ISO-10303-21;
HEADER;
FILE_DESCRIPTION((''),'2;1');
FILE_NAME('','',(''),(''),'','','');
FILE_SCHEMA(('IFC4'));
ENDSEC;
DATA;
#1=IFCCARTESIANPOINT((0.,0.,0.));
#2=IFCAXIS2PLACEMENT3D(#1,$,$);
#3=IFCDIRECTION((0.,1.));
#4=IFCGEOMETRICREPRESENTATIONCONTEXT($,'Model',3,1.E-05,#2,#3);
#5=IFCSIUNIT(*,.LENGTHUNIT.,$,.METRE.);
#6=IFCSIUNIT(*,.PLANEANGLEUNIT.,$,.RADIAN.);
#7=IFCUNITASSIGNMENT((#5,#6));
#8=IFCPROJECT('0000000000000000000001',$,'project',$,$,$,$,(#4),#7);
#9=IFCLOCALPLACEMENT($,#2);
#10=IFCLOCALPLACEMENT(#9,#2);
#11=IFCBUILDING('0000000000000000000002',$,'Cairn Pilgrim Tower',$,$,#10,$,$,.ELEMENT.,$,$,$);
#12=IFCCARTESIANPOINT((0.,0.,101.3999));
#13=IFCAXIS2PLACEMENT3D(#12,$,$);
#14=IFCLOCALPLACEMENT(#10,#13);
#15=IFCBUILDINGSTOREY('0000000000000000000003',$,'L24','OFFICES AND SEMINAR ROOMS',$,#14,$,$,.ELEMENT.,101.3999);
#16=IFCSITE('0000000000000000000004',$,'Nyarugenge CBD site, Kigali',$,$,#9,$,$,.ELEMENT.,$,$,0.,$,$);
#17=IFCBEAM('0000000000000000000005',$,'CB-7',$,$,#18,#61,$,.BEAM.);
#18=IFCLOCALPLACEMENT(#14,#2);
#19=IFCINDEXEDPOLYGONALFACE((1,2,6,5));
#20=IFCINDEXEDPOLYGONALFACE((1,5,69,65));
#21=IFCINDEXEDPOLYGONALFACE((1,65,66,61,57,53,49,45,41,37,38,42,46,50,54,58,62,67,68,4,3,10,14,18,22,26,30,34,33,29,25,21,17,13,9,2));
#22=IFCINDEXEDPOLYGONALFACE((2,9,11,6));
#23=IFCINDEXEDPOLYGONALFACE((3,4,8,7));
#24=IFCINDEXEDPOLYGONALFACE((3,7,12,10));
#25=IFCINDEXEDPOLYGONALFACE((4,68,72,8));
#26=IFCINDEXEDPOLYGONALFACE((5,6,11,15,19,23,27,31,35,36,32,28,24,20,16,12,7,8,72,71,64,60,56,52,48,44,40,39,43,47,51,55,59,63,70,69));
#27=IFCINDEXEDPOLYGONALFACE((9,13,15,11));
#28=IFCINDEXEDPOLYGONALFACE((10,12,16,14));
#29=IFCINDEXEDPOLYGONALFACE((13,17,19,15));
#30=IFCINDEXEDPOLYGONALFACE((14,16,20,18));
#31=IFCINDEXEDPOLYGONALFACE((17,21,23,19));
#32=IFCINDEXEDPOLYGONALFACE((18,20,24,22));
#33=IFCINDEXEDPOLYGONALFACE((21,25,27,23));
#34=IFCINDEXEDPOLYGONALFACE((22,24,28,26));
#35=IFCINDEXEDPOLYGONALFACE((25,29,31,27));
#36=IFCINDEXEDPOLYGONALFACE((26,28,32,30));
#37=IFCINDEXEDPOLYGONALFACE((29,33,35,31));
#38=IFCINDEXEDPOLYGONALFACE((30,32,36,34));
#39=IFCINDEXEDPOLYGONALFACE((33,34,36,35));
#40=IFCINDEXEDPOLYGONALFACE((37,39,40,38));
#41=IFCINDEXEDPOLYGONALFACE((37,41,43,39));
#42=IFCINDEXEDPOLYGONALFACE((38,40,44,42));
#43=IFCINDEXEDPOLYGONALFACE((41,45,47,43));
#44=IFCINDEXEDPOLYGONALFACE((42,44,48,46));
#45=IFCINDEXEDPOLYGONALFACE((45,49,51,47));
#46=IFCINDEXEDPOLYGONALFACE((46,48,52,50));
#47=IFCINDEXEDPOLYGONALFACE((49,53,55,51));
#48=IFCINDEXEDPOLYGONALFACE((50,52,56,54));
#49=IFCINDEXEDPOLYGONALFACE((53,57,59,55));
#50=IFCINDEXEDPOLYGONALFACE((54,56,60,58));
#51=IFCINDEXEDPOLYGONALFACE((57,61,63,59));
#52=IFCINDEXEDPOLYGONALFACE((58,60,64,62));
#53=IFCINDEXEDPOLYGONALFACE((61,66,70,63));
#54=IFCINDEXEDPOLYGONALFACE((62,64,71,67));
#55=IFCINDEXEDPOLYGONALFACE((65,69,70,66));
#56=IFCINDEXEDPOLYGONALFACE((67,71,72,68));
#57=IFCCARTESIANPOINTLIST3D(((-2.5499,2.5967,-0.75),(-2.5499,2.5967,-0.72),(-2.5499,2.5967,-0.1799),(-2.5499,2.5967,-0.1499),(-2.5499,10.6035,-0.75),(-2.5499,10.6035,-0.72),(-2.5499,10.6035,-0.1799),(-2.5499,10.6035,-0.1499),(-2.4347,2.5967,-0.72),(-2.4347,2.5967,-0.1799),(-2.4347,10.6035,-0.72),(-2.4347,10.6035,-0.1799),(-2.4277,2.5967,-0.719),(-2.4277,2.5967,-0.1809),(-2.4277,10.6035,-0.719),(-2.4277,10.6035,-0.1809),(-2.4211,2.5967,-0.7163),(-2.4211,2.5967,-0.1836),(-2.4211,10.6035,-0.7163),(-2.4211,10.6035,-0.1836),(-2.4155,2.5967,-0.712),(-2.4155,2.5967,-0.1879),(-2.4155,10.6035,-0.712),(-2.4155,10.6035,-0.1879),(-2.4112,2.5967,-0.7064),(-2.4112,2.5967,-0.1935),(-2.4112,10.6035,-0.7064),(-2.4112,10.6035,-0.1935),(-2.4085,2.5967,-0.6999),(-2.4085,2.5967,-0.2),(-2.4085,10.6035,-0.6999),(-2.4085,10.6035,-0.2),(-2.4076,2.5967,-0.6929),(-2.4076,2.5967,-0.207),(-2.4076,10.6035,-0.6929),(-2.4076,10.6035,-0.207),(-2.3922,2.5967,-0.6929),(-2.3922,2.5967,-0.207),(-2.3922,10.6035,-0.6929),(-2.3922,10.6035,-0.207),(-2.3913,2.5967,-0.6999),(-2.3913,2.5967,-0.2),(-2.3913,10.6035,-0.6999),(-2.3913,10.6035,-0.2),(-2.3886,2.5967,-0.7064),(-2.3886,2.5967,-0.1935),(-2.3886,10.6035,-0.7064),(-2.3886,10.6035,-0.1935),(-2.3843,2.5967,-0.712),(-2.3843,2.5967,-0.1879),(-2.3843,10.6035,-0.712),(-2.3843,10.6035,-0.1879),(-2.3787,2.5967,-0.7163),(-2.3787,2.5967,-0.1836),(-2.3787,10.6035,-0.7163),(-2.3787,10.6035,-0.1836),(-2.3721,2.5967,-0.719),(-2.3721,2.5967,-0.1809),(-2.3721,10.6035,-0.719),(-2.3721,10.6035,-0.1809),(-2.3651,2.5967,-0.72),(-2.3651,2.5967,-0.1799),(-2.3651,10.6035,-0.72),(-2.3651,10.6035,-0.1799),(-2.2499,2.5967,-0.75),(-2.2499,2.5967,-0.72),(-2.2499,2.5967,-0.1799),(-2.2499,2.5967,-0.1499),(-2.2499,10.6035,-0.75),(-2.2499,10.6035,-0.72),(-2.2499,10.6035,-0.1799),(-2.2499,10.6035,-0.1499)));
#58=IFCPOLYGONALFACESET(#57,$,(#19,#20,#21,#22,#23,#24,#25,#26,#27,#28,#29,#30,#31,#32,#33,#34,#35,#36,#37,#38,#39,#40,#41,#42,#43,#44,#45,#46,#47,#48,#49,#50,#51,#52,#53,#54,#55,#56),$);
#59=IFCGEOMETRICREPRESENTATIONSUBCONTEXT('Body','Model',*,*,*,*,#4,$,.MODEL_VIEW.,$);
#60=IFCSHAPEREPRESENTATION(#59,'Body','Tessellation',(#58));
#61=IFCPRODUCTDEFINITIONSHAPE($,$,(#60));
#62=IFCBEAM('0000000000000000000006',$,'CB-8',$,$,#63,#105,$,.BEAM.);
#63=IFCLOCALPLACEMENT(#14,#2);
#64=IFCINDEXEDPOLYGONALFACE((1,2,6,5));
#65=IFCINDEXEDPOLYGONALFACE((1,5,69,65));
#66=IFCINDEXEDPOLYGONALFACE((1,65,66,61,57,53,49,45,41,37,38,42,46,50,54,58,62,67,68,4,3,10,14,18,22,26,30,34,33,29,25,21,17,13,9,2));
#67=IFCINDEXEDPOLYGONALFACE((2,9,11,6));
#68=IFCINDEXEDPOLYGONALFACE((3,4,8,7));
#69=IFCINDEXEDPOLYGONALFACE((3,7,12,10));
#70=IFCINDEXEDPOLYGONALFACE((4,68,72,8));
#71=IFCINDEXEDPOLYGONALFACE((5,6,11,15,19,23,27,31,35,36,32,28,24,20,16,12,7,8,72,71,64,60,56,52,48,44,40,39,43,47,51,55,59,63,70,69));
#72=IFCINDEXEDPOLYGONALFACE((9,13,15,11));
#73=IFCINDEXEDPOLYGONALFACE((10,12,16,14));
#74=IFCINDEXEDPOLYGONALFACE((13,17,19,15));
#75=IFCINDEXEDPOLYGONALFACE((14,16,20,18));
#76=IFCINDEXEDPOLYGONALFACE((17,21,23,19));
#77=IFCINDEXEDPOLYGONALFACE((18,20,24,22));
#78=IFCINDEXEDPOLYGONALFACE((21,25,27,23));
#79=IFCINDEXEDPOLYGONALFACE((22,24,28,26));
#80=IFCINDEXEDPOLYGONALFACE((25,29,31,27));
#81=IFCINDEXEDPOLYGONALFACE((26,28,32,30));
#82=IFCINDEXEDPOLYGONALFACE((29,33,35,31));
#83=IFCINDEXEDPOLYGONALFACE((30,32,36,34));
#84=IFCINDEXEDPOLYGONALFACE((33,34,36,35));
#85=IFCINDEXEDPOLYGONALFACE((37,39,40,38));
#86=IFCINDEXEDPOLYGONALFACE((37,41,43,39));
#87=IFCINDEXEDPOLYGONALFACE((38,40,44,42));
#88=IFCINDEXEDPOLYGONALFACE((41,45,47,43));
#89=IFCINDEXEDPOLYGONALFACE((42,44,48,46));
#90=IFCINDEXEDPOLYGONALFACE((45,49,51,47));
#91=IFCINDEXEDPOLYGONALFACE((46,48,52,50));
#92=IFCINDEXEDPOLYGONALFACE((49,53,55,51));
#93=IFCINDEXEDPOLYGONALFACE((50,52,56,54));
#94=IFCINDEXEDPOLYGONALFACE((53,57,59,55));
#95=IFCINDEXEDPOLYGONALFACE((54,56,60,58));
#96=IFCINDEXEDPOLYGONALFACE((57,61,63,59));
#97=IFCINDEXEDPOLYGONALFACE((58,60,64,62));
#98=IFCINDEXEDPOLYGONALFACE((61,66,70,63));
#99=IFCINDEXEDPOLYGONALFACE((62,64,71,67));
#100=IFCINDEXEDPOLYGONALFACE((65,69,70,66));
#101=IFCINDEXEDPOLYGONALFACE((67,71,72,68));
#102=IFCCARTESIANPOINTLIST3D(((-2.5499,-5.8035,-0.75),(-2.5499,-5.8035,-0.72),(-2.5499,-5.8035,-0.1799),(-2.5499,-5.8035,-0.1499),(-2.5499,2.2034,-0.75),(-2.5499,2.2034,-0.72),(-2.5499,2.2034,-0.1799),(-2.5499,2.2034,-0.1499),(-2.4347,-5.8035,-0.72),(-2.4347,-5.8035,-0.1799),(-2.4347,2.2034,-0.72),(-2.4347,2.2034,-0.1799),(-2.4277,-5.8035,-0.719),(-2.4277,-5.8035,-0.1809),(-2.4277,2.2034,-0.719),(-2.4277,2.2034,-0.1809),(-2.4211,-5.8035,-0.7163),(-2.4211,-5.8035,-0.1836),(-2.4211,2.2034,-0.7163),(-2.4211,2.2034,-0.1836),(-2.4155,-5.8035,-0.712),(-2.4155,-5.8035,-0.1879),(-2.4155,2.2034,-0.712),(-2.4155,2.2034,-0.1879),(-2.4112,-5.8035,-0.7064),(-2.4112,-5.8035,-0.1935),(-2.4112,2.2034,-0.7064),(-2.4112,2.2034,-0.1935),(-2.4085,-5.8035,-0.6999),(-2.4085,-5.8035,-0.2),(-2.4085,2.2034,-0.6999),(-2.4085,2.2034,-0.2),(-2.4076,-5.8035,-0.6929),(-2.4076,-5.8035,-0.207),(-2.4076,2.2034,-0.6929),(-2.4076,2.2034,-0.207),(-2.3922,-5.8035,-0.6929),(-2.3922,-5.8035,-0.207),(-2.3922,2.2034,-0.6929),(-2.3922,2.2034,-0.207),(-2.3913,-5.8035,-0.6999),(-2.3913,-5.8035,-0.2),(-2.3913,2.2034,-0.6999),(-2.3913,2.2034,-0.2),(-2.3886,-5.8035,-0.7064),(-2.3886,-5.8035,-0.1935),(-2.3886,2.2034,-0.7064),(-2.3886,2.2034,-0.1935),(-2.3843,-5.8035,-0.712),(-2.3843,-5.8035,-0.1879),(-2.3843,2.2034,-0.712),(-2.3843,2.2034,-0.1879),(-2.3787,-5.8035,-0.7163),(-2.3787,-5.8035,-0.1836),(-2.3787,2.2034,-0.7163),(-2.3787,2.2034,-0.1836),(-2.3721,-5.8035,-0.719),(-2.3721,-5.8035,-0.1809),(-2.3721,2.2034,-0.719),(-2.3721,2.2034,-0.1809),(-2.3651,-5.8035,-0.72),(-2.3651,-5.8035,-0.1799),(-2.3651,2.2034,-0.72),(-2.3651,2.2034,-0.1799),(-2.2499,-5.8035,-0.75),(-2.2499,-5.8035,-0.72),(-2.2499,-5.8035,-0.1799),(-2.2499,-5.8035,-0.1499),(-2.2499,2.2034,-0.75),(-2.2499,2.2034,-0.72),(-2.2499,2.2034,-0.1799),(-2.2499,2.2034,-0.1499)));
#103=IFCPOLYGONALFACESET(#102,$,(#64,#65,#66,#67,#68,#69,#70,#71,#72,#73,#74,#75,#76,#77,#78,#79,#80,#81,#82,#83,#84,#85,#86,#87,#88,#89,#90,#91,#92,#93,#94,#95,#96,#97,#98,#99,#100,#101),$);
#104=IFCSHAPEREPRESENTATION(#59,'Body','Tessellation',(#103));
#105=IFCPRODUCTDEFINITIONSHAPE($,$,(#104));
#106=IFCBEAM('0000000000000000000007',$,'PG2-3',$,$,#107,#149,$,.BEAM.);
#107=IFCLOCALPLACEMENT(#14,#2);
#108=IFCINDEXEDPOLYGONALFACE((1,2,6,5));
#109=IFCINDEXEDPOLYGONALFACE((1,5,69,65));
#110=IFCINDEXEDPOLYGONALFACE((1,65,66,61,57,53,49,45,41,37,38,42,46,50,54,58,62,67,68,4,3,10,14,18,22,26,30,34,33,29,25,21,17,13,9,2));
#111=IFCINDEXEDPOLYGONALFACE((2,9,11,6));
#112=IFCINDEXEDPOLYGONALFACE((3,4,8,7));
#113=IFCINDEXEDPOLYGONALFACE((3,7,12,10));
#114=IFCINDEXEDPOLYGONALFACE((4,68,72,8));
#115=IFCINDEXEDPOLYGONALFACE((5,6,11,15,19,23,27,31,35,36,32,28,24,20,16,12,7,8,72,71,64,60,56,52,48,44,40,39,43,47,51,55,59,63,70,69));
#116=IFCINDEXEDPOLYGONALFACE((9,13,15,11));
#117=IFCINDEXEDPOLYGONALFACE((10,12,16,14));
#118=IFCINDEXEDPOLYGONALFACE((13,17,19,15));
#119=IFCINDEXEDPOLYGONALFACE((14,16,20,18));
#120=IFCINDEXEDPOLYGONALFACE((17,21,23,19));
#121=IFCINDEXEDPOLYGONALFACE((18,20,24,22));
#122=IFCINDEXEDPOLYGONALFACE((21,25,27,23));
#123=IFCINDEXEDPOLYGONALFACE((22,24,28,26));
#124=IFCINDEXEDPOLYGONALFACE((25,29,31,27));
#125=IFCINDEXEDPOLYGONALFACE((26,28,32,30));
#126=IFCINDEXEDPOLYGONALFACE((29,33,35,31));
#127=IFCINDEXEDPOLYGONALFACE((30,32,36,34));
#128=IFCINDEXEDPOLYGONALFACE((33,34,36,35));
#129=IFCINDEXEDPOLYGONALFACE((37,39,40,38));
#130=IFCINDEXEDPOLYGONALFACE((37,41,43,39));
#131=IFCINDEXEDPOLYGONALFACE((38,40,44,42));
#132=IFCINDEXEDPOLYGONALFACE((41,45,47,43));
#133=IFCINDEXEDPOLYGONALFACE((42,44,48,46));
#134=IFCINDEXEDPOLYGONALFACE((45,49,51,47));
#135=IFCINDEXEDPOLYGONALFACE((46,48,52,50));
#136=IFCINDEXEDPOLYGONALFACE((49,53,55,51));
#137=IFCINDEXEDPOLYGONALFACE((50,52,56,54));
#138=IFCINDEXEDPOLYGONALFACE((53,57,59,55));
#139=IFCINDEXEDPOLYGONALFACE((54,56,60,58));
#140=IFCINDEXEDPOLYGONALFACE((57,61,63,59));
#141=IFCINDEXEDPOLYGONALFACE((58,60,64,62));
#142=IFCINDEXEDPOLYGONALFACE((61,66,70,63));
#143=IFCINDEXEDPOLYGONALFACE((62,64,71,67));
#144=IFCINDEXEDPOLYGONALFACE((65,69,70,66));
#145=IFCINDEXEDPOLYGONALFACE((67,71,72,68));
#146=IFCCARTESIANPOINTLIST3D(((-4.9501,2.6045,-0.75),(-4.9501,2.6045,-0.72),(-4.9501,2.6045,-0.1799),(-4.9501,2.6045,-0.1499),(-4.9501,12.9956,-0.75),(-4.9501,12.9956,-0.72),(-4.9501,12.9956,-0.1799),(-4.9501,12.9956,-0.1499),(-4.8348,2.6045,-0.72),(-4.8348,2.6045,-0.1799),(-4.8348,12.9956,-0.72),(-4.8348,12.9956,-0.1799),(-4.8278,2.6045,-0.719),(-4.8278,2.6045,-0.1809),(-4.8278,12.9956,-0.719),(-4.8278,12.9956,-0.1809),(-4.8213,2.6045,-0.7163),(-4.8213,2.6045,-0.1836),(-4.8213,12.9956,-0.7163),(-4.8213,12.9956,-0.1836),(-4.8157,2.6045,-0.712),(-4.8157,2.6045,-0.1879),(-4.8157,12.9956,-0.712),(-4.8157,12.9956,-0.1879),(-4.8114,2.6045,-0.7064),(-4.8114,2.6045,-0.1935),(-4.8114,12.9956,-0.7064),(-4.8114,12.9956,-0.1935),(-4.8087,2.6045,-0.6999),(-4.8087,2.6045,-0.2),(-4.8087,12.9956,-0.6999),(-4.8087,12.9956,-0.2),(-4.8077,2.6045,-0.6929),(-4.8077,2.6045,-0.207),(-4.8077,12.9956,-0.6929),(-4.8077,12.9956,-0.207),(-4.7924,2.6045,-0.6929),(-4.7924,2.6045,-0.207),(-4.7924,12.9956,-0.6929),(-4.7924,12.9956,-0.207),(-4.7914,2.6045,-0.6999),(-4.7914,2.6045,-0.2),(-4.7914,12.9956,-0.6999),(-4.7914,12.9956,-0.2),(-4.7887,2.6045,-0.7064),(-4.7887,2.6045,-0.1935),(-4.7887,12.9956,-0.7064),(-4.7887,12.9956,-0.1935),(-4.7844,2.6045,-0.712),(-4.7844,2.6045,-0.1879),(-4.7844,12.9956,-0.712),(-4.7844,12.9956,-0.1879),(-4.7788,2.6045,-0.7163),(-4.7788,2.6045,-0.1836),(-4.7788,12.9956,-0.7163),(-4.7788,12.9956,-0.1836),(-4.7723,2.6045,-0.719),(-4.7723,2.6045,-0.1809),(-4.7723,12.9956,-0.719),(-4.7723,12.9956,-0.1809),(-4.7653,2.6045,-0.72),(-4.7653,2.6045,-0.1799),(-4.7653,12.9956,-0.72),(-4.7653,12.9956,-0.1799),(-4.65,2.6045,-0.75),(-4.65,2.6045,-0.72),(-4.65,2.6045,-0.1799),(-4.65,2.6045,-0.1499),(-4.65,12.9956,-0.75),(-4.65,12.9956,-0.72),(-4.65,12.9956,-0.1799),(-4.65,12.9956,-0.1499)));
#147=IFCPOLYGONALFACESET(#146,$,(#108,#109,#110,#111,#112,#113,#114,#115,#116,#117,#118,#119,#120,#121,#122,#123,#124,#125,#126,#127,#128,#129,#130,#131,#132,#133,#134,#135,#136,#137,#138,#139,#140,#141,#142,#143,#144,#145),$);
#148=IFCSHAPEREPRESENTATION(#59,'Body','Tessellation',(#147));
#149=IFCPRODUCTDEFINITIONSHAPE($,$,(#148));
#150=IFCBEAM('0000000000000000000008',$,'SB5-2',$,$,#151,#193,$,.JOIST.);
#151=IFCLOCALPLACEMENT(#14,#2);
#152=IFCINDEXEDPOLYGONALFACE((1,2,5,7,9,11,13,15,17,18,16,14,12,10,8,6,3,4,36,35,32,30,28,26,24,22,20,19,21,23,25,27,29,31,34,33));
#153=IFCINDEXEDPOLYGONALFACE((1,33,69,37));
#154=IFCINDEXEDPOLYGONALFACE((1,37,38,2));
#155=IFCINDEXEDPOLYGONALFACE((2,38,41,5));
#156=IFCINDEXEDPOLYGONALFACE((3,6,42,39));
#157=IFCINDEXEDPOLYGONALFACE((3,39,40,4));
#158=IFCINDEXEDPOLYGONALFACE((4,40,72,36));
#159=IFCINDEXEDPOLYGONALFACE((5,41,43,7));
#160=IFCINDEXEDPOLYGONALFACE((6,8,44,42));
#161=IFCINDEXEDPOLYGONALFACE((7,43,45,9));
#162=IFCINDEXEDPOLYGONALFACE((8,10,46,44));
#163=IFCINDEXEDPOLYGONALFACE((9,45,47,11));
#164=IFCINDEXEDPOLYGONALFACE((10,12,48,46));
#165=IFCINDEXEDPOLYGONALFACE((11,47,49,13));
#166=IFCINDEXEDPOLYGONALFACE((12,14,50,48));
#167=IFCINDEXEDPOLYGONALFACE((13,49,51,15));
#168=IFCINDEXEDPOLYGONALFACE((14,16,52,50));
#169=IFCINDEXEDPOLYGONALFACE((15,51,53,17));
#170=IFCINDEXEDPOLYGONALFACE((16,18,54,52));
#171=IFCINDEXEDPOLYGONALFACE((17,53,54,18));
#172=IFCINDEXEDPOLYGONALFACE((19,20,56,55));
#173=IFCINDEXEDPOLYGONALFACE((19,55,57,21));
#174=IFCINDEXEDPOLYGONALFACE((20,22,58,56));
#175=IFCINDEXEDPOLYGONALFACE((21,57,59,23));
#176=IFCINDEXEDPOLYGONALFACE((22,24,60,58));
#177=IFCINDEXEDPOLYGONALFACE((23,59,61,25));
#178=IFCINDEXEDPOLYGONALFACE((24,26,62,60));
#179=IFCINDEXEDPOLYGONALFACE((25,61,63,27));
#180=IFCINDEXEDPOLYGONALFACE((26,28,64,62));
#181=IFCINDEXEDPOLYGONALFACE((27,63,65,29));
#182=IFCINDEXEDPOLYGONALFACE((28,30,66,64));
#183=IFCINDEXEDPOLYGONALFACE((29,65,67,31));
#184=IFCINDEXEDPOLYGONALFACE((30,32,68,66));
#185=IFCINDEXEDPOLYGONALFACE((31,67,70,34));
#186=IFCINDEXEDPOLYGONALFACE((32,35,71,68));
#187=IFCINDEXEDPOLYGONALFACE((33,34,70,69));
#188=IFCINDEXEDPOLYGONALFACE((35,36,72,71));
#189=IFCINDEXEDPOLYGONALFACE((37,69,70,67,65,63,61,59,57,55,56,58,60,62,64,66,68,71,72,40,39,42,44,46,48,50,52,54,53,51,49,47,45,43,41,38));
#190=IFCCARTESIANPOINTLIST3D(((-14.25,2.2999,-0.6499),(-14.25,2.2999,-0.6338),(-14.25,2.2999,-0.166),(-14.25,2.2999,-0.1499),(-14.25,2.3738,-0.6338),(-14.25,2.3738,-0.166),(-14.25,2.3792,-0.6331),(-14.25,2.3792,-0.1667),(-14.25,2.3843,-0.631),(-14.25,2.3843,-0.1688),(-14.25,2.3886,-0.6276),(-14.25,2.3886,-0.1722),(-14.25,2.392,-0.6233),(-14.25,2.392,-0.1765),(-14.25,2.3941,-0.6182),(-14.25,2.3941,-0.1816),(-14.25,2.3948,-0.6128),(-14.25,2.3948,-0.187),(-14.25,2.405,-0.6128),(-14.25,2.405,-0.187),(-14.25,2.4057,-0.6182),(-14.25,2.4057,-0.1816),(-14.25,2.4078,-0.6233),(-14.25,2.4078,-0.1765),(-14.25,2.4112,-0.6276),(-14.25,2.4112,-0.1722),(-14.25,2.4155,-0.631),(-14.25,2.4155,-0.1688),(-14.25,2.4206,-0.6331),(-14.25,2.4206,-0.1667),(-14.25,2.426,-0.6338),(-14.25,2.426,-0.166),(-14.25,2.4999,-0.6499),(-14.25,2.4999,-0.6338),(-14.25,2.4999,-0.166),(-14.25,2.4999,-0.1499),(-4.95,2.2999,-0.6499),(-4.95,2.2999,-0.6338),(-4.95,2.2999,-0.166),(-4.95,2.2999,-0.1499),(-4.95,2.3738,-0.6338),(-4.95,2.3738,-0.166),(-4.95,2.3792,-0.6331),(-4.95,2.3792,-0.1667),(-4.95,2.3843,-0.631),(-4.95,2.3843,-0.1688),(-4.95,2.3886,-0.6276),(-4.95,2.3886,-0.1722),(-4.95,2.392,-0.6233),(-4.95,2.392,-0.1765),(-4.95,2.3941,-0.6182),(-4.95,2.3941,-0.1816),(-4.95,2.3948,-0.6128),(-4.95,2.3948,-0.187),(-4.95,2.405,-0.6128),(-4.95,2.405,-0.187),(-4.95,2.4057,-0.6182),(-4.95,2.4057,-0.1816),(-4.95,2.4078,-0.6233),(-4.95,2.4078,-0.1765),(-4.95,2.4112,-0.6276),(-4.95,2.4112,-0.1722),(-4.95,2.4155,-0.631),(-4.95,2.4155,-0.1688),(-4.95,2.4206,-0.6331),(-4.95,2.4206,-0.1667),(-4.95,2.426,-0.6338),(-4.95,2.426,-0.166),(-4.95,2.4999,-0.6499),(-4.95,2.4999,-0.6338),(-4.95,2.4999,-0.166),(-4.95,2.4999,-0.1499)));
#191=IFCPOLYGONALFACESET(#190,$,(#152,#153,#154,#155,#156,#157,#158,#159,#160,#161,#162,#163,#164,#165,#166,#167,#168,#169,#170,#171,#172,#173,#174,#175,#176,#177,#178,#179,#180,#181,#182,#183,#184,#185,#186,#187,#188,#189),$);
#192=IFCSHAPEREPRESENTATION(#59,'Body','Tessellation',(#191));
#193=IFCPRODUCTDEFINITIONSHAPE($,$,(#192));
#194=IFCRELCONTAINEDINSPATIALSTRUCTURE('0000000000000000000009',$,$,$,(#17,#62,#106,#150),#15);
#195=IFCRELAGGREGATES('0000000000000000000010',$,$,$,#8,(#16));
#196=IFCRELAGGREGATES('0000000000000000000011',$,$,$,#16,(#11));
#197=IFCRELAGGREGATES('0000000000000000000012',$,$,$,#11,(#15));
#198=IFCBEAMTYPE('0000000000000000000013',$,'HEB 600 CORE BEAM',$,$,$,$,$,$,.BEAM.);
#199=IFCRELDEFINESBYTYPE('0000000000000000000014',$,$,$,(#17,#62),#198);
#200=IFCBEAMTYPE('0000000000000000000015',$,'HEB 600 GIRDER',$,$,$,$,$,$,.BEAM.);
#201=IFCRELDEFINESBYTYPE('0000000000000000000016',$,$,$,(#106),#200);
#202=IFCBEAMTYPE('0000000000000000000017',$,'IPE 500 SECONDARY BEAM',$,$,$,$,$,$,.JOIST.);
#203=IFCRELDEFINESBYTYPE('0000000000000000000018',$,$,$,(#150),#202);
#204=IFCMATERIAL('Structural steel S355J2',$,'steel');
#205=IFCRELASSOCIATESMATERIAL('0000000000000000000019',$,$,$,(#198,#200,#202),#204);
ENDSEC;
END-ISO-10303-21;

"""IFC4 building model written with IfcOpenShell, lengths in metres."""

from ifc_helpers import new_model, si_unit, direction, frame, origin, origin_2d, place, context, subcontext, project, spatial, i_section, extrude, material, material_profile, profile_set, type_object, element, save


model = new_model("IFC4")

# Units and contexts
model_context = context("Model", 3, precision=1e-05, world=origin(), true_north=direction((0.0, 1.0)))
body_context = subcontext(model_context, "Body", "Model", "MODEL_VIEW")
ifc_project = project(units=[si_unit("LENGTHUNIT", "METRE"), si_unit("PLANEANGLEUNIT", "RADIAN")], contexts=[model_context])

# Site, building, storey
site_placement = place(None, origin())
site = spatial("IfcSite", under=ifc_project, at=site_placement, Name="Nyarugenge CBD site, Kigali", CompositionType="ELEMENT", RefElevation=0.0)
building_placement = place(site_placement, origin())
building = spatial("IfcBuilding", under=site, at=building_placement, Name="Cairn Pilgrim Tower", CompositionType="ELEMENT")
storey_placement = place(building_placement, frame((0.0, 0.0, 101.3999)))
storey = spatial("IfcBuildingStorey", under=building, at=storey_placement, Name="L24", Description="OFFICES AND SEMINAR ROOMS", CompositionType="ELEMENT", Elevation=101.3999)

# Beams
ifc_material_1 = material(Name="Structural steel S355J2", Category="steel")
ifc_material_profile_1 = material_profile(ifc_material_1, i_section(OverallWidth=0.3, OverallDepth=0.6001, WebThickness=0.0154, FlangeThickness=0.03, FilletRadius=0.0271, at=origin_2d()), Name="HEB 600")
ifc_profile_set_1 = profile_set([ifc_material_profile_1], Name="Structural steel S355J2")
beam_type_1 = type_object("IfcBeamType", Name="HEB 600 CORE BEAM", PredefinedType="BEAM", material=ifc_profile_set_1)
for number, where, z_axis, x_axis, name in (
    (1, (-2.3999, 10.6035, -0.45), (0.0, -1.0, 0.0), (1.0, 0.0, 0.0), "CB-7"),
    (2, (-2.3999, 2.2034, -0.45), (0.0, -1.0, 0.0), (1.0, 0.0, 0.0), "CB-8"),
):
    element("IfcBeam", number, at=place(storey_placement, frame(where, z_axis=z_axis, x_axis=x_axis)), inside=storey, type_object=beam_type_1, Name=name, PredefinedType="BEAM", context=body_context, shape_type="SweptSolid", body=[
        extrude(i_section(OverallWidth=0.3, OverallDepth=0.6001, WebThickness=0.0154, FlangeThickness=0.03, FilletRadius=0.0271, at=origin_2d()), origin(), (0.0, 0.0, 1.0), 8.0068),
    ])
ifc_material_profile_2 = material_profile(ifc_material_1, i_section(OverallWidth=0.3, OverallDepth=0.6001, WebThickness=0.0154, FlangeThickness=0.03, FilletRadius=0.0271, at=origin_2d()), Name="HEB 600")
ifc_profile_set_2 = profile_set([ifc_material_profile_2], Name="Structural steel S355J2")
beam_type_2 = type_object("IfcBeamType", Name="HEB 600 GIRDER", PredefinedType="BEAM", material=ifc_profile_set_2)
beam_placement = place(storey_placement, frame((-4.8, 2.6045, -0.45), z_axis=(0.0, 1.0, 0.0), x_axis=(-1.0, 0.0, 0.0)))
element("IfcBeam", 3, at=beam_placement, inside=storey, type_object=beam_type_2, Name="PG2-3", PredefinedType="BEAM", context=body_context, shape_type="SweptSolid", body=[
    extrude(i_section(OverallWidth=0.3, OverallDepth=0.6001, WebThickness=0.0154, FlangeThickness=0.03, FilletRadius=0.0271, at=origin_2d()), origin(), (0.0, 0.0, 1.0), 10.3911),
])
ifc_material_profile_3 = material_profile(ifc_material_1, i_section(OverallWidth=0.2, OverallDepth=0.5, WebThickness=0.0103, FlangeThickness=0.0161, FilletRadius=0.021, at=origin_2d()), Name="IPE 500")
ifc_profile_set_3 = profile_set([ifc_material_profile_3], Name="Structural steel S355J2")
beam_type_3 = type_object("IfcBeamType", Name="IPE 500 SECONDARY BEAM", PredefinedType="JOIST", material=ifc_profile_set_3)
for number, where, z_axis, x_axis, name in (
    (4, (-14.25, 2.3999, -0.3999), (1.0, 0.0, 0.0), (0.0, 1.0, 0.0), "SB5-2"),
):
    element("IfcBeam", number, at=place(storey_placement, frame(where, z_axis=z_axis, x_axis=x_axis)), inside=storey, type_object=beam_type_3, Name=name, PredefinedType="JOIST", context=body_context, shape_type="SweptSolid", body=[
        extrude(i_section(OverallWidth=0.2, OverallDepth=0.5, WebThickness=0.0103, FlangeThickness=0.0161, FilletRadius=0.021, at=origin_2d()), origin(), (0.0, 0.0, 1.0), 9.3),
    ])

save(model, "model.ifc")
